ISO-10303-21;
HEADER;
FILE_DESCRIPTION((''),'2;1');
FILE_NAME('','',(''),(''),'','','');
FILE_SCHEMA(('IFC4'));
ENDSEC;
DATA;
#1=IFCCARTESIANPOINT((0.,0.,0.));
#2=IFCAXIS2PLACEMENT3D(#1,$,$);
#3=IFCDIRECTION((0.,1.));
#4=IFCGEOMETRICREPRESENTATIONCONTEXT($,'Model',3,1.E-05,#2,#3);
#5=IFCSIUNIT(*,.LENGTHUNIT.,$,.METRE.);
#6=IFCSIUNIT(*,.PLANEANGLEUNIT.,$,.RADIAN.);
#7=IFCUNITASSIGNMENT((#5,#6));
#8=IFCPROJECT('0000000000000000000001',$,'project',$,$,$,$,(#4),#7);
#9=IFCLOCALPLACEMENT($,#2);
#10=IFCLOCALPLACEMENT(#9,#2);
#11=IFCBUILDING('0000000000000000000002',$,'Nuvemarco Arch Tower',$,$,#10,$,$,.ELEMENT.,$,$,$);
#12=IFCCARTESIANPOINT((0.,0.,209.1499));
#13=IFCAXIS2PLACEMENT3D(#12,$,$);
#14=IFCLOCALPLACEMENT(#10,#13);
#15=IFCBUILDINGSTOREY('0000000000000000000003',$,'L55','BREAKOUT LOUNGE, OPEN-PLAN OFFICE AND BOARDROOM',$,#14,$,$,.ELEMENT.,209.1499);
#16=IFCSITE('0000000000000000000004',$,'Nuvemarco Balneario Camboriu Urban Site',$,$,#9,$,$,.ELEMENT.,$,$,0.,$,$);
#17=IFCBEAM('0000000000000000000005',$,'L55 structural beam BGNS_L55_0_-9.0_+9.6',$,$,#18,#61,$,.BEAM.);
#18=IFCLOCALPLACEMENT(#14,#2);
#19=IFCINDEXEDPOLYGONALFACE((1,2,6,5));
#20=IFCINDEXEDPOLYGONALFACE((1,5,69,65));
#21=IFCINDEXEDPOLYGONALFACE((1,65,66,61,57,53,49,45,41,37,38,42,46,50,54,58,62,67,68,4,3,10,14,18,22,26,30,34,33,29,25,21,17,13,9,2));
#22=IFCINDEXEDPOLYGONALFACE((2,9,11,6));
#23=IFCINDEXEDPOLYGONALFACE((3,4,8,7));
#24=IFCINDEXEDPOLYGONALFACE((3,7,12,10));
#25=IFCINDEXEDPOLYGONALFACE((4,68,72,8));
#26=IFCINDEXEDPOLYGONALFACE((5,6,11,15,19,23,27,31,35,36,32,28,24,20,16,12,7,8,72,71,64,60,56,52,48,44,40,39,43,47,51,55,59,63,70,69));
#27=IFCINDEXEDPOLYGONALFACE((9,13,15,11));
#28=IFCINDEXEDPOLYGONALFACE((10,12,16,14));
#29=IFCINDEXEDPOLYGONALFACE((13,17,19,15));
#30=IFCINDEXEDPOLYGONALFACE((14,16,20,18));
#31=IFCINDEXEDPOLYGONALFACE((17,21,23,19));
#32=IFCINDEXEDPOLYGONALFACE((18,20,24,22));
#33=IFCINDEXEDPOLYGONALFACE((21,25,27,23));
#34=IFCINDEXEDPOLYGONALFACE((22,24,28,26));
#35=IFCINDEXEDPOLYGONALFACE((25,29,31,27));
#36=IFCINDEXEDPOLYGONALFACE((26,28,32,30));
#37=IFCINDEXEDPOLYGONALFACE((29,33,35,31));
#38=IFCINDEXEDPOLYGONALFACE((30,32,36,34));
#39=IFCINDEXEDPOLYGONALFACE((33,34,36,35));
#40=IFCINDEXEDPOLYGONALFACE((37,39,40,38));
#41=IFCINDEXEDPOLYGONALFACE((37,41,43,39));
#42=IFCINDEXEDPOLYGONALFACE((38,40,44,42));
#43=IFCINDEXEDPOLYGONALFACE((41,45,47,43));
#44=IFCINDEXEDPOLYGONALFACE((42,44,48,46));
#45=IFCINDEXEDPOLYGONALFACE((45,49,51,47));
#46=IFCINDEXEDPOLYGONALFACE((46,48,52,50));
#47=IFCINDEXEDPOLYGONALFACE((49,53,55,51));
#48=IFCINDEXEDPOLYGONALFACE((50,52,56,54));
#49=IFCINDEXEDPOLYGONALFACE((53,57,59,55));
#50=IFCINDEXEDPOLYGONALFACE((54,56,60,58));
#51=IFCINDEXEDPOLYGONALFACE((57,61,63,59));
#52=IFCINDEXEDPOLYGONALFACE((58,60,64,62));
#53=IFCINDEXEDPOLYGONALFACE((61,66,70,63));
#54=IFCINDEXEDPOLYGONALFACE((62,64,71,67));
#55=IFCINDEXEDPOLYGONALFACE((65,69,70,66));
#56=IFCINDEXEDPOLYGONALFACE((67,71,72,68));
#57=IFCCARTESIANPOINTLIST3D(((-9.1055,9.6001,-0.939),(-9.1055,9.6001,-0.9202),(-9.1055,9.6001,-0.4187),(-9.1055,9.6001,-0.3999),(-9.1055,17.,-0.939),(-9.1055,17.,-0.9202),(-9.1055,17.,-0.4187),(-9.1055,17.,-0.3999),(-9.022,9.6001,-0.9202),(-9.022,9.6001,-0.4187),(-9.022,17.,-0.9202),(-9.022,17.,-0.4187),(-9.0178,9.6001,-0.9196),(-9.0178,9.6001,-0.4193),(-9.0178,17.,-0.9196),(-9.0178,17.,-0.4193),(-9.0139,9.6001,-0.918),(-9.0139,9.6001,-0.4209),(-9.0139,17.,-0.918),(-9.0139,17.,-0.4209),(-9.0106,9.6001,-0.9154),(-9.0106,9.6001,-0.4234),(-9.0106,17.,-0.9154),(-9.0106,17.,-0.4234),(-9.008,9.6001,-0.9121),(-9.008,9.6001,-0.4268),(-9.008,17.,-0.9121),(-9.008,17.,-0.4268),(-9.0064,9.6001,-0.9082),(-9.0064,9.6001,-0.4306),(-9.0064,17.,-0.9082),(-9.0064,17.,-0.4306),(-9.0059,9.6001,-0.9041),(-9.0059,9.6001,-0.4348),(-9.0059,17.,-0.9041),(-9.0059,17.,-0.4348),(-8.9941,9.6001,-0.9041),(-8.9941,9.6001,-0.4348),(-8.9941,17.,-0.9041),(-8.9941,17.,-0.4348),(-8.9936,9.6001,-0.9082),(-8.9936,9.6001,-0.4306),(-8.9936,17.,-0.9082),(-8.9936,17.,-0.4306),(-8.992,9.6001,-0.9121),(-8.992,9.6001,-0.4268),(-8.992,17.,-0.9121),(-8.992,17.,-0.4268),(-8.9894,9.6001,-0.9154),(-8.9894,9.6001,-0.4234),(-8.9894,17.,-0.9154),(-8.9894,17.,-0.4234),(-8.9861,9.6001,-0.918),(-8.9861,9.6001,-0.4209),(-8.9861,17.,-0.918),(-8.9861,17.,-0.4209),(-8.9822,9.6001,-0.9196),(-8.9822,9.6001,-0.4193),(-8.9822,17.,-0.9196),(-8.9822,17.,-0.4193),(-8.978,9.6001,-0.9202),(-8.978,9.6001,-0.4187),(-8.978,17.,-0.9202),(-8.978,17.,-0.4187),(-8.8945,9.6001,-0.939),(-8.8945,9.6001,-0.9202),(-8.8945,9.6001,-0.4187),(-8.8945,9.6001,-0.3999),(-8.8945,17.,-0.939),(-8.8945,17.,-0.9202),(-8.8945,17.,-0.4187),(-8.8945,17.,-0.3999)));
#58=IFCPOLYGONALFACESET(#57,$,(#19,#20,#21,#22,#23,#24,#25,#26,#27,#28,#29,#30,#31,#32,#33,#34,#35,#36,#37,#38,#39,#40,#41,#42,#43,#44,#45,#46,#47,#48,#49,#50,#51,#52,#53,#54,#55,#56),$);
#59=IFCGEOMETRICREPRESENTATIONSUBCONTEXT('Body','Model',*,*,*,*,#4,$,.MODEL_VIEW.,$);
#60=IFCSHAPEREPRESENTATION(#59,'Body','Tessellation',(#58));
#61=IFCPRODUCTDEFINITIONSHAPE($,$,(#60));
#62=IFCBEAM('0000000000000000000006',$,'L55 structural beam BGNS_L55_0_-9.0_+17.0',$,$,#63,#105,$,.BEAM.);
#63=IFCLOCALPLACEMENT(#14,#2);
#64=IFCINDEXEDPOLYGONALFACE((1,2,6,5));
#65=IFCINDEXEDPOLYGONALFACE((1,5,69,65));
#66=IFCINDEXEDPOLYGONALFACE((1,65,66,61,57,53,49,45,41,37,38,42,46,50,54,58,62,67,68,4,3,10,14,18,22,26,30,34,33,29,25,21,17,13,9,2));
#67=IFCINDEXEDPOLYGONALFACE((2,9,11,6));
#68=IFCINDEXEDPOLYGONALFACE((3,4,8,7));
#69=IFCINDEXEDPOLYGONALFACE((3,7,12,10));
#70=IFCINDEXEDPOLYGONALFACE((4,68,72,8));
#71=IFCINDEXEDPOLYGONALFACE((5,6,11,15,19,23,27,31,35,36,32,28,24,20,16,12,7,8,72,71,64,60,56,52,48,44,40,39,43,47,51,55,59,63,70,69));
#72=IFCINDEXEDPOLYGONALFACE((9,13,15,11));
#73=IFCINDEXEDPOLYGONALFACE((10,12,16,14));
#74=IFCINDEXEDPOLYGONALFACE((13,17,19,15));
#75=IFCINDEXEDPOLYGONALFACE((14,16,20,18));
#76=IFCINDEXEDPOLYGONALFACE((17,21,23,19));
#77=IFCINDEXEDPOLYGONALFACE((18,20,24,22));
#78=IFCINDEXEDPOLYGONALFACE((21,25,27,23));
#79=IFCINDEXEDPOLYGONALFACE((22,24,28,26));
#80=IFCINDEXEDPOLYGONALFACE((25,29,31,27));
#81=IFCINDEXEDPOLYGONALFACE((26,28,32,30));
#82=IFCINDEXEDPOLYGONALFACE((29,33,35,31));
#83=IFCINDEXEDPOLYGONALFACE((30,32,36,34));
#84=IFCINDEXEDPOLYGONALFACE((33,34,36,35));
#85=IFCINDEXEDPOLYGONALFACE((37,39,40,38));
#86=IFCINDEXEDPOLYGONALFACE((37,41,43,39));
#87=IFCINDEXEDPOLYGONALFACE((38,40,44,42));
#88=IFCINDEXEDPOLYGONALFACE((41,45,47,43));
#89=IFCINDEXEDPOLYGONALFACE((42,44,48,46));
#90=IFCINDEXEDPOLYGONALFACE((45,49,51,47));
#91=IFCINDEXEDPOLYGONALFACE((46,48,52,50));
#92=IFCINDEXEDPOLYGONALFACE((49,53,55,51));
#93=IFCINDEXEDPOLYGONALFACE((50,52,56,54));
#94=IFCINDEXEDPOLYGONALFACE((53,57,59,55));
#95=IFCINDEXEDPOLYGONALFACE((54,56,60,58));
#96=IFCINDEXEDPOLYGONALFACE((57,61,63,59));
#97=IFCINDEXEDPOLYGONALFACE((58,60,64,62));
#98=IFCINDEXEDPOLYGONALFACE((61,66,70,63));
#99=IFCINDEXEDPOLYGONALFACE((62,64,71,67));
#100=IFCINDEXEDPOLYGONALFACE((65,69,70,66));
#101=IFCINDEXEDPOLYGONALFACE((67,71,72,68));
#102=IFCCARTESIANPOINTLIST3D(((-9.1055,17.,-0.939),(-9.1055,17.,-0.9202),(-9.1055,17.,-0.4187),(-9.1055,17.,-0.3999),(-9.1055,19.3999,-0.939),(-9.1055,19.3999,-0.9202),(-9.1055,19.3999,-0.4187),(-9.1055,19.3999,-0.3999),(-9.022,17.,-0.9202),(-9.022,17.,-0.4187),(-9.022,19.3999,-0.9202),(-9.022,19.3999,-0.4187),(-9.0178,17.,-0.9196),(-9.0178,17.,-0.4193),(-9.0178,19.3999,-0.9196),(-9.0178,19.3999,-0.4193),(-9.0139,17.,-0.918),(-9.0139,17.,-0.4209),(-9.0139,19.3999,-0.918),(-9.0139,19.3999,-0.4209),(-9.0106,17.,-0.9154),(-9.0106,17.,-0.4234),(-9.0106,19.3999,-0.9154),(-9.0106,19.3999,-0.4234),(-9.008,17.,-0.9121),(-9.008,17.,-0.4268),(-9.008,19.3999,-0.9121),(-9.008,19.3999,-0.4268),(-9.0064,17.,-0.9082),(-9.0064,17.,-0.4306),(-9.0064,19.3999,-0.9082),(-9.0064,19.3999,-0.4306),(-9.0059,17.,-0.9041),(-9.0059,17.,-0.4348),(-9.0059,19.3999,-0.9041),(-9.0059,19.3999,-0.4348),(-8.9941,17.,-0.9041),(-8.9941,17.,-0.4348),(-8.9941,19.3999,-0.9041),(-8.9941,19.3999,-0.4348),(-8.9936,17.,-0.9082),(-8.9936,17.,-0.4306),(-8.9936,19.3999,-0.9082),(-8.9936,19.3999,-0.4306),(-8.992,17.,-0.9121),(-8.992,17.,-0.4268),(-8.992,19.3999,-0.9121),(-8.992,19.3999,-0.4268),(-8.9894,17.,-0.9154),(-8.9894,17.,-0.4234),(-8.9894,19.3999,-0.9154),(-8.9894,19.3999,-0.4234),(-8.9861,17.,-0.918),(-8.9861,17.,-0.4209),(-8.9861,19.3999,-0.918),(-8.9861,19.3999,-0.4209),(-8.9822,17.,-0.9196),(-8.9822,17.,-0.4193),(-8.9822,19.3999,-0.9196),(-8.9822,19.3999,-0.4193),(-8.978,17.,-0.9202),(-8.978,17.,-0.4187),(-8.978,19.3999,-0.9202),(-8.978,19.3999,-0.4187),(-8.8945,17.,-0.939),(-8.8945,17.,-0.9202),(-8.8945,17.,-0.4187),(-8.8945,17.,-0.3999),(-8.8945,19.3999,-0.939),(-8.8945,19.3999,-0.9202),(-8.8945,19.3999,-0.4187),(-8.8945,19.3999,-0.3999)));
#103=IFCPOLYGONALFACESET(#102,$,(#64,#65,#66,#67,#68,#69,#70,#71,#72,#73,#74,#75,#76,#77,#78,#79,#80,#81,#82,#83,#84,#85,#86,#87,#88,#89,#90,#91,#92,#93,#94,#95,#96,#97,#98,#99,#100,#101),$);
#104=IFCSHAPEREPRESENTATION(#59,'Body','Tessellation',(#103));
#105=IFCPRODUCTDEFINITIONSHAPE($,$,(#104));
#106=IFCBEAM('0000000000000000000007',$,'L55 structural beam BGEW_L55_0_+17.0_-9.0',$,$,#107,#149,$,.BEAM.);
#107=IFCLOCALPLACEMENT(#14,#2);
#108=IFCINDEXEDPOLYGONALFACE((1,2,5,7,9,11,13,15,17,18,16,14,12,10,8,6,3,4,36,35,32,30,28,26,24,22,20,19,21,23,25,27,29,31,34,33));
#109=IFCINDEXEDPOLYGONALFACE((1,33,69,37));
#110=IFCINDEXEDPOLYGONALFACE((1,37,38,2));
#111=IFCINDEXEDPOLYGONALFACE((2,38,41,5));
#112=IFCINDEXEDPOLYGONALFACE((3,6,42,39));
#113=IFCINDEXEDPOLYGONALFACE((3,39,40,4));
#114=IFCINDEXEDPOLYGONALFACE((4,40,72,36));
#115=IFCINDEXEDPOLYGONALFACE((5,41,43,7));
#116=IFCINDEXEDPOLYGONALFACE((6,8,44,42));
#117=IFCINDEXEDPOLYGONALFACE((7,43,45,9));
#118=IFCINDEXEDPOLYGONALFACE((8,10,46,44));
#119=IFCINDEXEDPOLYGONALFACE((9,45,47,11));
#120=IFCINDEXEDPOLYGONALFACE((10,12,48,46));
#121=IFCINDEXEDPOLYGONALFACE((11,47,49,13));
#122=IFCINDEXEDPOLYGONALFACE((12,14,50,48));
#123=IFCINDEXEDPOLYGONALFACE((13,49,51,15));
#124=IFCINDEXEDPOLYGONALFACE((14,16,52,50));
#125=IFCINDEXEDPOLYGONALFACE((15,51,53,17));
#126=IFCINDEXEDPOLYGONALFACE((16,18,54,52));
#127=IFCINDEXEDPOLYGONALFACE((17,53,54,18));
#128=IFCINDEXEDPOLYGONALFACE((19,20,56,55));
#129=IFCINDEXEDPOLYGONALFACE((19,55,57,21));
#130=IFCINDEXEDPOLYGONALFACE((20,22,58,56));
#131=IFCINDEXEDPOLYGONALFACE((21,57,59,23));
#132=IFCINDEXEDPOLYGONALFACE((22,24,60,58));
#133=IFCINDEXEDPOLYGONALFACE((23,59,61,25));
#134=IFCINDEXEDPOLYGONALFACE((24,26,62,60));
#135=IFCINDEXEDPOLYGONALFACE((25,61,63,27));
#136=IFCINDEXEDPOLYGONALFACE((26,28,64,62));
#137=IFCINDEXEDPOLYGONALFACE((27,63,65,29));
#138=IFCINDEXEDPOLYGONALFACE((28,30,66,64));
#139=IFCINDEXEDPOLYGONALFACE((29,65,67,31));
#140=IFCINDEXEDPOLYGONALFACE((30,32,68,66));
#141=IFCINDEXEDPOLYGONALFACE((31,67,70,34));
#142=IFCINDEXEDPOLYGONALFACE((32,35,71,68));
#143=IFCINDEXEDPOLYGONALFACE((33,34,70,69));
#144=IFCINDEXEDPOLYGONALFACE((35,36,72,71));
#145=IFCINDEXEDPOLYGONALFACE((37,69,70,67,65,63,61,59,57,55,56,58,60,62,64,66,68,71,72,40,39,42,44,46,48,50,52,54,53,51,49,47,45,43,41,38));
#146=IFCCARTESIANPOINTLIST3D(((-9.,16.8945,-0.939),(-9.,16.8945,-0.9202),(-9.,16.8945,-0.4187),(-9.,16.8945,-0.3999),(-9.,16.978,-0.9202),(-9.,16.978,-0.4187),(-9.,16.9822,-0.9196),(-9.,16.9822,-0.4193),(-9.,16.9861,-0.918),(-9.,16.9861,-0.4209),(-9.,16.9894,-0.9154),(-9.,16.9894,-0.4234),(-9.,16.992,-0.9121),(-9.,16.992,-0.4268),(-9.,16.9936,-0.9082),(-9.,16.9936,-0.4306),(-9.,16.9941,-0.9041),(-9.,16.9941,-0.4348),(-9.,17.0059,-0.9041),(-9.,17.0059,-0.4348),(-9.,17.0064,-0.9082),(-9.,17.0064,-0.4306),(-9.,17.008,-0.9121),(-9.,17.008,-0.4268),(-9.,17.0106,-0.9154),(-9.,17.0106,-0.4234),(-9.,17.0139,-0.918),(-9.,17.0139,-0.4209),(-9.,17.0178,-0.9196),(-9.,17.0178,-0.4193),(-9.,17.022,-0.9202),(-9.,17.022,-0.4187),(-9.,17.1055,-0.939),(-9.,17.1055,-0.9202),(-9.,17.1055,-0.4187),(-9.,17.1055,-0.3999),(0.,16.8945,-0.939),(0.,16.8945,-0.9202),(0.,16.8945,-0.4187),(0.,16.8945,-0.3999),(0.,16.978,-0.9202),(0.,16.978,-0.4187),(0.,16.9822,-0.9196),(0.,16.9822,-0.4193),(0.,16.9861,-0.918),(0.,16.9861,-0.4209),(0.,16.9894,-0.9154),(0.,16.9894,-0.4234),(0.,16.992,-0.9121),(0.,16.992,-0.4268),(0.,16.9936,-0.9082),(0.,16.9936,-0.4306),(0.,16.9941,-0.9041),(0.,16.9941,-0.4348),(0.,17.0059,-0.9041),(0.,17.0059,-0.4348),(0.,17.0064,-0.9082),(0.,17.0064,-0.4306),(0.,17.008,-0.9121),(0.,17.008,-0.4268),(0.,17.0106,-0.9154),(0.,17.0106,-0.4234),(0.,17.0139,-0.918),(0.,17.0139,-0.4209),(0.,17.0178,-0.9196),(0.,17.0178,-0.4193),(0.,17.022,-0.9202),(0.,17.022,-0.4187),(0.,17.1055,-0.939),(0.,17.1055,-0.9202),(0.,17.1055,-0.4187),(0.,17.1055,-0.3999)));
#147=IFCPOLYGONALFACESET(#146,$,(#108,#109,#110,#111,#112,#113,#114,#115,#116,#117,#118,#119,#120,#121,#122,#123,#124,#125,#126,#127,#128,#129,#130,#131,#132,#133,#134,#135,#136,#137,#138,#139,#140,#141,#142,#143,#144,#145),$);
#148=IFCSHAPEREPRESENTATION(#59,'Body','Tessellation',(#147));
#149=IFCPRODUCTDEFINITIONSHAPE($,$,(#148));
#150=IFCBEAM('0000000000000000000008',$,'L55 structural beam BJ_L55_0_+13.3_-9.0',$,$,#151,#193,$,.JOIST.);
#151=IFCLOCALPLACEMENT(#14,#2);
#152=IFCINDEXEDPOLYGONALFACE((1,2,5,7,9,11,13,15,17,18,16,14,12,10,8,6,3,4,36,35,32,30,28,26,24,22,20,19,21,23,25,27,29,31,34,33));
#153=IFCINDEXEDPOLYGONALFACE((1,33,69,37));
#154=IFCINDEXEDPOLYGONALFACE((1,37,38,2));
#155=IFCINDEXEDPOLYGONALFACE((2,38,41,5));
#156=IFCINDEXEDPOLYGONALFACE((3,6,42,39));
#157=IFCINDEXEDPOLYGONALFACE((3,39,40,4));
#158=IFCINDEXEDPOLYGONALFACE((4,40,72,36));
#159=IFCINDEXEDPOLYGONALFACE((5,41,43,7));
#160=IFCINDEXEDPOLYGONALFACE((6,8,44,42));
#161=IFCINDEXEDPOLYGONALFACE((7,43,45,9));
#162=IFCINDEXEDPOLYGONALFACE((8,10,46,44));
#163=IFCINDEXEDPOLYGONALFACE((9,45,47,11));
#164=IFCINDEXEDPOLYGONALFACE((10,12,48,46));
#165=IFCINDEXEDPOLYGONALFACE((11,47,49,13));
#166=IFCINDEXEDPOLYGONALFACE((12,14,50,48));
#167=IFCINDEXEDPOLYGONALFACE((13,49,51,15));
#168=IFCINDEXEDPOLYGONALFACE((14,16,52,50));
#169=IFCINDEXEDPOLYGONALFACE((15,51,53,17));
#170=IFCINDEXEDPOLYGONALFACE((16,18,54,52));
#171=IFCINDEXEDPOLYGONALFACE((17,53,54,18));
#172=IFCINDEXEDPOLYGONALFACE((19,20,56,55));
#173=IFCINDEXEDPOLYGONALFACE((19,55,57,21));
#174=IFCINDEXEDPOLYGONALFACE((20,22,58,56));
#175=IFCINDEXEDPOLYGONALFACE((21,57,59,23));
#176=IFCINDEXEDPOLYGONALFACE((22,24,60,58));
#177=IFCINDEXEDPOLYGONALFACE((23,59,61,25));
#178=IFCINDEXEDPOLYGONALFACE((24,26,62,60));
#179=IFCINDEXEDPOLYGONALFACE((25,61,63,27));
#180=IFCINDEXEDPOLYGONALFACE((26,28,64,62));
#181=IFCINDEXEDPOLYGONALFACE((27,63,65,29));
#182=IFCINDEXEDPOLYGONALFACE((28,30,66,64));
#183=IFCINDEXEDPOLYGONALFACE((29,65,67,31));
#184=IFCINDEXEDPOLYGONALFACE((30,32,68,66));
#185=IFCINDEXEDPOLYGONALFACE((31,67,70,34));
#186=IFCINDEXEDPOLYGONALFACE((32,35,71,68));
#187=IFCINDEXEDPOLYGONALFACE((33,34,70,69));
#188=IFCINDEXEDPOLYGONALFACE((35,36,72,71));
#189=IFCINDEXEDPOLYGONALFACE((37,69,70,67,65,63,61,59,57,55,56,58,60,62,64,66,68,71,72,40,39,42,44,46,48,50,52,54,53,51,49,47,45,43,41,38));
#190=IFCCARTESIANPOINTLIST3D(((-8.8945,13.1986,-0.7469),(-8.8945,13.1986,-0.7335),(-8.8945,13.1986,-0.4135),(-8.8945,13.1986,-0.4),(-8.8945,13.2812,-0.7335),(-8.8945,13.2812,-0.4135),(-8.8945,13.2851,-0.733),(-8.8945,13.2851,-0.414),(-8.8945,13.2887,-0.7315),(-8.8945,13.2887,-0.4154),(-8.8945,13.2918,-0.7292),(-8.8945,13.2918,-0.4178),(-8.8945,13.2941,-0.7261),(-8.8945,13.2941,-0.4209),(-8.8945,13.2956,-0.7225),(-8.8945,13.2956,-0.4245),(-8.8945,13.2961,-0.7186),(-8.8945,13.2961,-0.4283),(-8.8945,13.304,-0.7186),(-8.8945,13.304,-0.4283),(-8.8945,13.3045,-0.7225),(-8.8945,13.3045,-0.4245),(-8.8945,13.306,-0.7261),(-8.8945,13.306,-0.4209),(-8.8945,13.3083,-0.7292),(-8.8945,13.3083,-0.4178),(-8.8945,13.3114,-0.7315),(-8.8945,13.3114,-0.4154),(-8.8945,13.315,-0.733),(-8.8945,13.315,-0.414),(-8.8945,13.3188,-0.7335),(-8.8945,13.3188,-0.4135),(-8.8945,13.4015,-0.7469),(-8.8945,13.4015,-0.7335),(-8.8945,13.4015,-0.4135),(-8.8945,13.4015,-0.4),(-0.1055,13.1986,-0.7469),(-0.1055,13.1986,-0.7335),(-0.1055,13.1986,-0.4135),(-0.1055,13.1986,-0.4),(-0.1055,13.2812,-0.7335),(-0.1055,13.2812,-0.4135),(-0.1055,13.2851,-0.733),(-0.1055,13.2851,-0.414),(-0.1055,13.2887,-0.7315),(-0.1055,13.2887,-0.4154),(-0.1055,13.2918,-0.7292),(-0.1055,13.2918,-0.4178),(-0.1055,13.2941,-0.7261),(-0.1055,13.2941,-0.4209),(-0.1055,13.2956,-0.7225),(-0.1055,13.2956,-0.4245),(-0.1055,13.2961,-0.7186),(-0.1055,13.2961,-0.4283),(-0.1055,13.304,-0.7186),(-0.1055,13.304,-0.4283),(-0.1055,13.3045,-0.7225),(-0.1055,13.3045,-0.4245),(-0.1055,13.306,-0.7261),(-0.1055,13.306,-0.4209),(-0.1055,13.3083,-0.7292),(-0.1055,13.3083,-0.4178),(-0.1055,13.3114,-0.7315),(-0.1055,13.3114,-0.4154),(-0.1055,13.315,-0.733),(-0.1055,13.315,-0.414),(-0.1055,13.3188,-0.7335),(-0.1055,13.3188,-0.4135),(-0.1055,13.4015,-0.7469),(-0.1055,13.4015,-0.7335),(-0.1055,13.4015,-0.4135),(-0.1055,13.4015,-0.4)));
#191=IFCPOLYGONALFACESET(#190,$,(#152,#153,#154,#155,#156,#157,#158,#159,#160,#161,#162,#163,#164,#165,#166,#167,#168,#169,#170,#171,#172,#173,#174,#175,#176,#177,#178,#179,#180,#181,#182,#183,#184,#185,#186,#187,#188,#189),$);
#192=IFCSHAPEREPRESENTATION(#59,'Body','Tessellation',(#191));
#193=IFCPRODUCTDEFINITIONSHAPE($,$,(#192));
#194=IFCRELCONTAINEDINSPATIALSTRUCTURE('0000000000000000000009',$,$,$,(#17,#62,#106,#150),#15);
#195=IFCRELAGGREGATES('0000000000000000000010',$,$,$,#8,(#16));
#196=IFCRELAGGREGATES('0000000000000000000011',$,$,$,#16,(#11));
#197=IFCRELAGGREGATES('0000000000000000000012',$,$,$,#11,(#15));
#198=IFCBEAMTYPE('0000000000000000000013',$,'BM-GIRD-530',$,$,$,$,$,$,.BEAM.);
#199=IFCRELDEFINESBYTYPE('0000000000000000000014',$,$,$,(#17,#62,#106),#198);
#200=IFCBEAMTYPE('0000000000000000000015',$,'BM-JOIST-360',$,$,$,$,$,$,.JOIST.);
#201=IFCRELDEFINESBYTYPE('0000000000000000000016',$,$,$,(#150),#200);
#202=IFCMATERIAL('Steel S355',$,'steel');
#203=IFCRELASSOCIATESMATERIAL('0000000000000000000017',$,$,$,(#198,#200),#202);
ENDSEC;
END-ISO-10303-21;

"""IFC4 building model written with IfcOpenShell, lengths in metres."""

from ifc_helpers import new_model, si_unit, direction, frame, origin, origin_2d, place, context, subcontext, project, spatial, i_section, extrude, material, material_profile, profile_set, type_object, element, save


model = new_model("IFC4")

# Units and contexts
model_context = context("Model", 3, precision=1e-05, world=origin(), true_north=direction((0.0, 1.0)))
body_context = subcontext(model_context, "Body", "Model", "MODEL_VIEW")
ifc_project = project(units=[si_unit("LENGTHUNIT", "METRE"), si_unit("PLANEANGLEUNIT", "RADIAN")], contexts=[model_context])

# Site, building, storey
site_placement = place(None, origin())
site = spatial("IfcSite", under=ifc_project, at=site_placement, Name="Nuvemarco Balneario Camboriu Urban Site", CompositionType="ELEMENT", RefElevation=0.0)
building_placement = place(site_placement, origin())
building = spatial("IfcBuilding", under=site, at=building_placement, Name="Nuvemarco Arch Tower", CompositionType="ELEMENT")
storey_placement = place(building_placement, frame((0.0, 0.0, 209.1499)))
storey = spatial("IfcBuildingStorey", under=building, at=storey_placement, Name="L55", Description="BREAKOUT LOUNGE, OPEN-PLAN OFFICE AND BOARDROOM", CompositionType="ELEMENT", Elevation=209.1499)

# Shared definitions
ifc_material_1 = material(Name="Steel S355", Category="steel")

# Beams
ifc_material_profile_1 = material_profile(ifc_material_1, i_section(OverallWidth=0.2109, OverallDepth=0.5391, WebThickness=0.0117, FlangeThickness=0.0188, FilletRadius=0.0161, at=origin_2d()), Name="W530x109")
ifc_profile_set_1 = profile_set([ifc_material_profile_1], Name="Steel S355")
beam_type_1 = type_object("IfcBeamType", Name="BM-GIRD-530", PredefinedType="BEAM", material=ifc_profile_set_1)
beam_1_placement = place(storey_placement, frame((-9.0, 9.6001, -0.6694), z_axis=(0.0, 1.0, 0.0), x_axis=(-1.0, 0.0, 0.0)))
element("IfcBeam", 1, at=beam_1_placement, inside=storey, type_object=beam_type_1, Name="L55 structural beam BGNS_L55_0_-9.0_+9.6", PredefinedType="BEAM", context=body_context, shape_type="SweptSolid", body=[
    extrude(i_section(OverallWidth=0.2109, OverallDepth=0.5391, WebThickness=0.0117, FlangeThickness=0.0188, FilletRadius=0.0161, at=origin_2d()), origin(), (0.0, 0.0, 1.0), 7.3999),
])
beam_2_placement = place(storey_placement, frame((-9.0, 17.0, -0.6694), z_axis=(0.0, 1.0, 0.0), x_axis=(-1.0, 0.0, 0.0)))
element("IfcBeam", 2, at=beam_2_placement, inside=storey, type_object=beam_type_1, Name="L55 structural beam BGNS_L55_0_-9.0_+17.0", PredefinedType="BEAM", context=body_context, shape_type="SweptSolid", body=[
    extrude(i_section(OverallWidth=0.2109, OverallDepth=0.5391, WebThickness=0.0117, FlangeThickness=0.0188, FilletRadius=0.0161, at=origin_2d()), origin(), (0.0, 0.0, 1.0), 2.3999),
])
beam_3_placement = place(storey_placement, frame((-9.0, 17.0, -0.6694), z_axis=(1.0, 0.0, 0.0), x_axis=(0.0, 1.0, 0.0)))
element("IfcBeam", 3, at=beam_3_placement, inside=storey, type_object=beam_type_1, Name="L55 structural beam BGEW_L55_0_+17.0_-9.0", PredefinedType="BEAM", context=body_context, shape_type="SweptSolid", body=[
    extrude(i_section(OverallWidth=0.2109, OverallDepth=0.5391, WebThickness=0.0117, FlangeThickness=0.0188, FilletRadius=0.0161, at=origin_2d()), origin(), (0.0, 0.0, 1.0), 9.0),
])
ifc_material_profile_2 = material_profile(ifc_material_1, i_section(OverallWidth=0.2029, OverallDepth=0.3469, WebThickness=0.0078, FlangeThickness=0.0134, FilletRadius=0.0149, at=origin_2d()), Name="W360x64")
ifc_profile_set_2 = profile_set([ifc_material_profile_2], Name="Steel S355")
beam_type_2 = type_object("IfcBeamType", Name="BM-JOIST-360", PredefinedType="JOIST", material=ifc_profile_set_2)
beam_4_placement = place(storey_placement, frame((-8.8945, 13.3, -0.5735), z_axis=(1.0, 0.0, 0.0), x_axis=(0.0, 1.0, 0.0)))
element("IfcBeam", 4, at=beam_4_placement, inside=storey, type_object=beam_type_2, Name="L55 structural beam BJ_L55_0_+13.3_-9.0", PredefinedType="JOIST", context=body_context, shape_type="SweptSolid", body=[
    extrude(i_section(OverallWidth=0.2029, OverallDepth=0.3469, WebThickness=0.0078, FlangeThickness=0.0134, FilletRadius=0.0149, at=origin_2d()), origin(), (0.0, 0.0, 1.0), 8.7891),
])

save(model, "model.ifc")
